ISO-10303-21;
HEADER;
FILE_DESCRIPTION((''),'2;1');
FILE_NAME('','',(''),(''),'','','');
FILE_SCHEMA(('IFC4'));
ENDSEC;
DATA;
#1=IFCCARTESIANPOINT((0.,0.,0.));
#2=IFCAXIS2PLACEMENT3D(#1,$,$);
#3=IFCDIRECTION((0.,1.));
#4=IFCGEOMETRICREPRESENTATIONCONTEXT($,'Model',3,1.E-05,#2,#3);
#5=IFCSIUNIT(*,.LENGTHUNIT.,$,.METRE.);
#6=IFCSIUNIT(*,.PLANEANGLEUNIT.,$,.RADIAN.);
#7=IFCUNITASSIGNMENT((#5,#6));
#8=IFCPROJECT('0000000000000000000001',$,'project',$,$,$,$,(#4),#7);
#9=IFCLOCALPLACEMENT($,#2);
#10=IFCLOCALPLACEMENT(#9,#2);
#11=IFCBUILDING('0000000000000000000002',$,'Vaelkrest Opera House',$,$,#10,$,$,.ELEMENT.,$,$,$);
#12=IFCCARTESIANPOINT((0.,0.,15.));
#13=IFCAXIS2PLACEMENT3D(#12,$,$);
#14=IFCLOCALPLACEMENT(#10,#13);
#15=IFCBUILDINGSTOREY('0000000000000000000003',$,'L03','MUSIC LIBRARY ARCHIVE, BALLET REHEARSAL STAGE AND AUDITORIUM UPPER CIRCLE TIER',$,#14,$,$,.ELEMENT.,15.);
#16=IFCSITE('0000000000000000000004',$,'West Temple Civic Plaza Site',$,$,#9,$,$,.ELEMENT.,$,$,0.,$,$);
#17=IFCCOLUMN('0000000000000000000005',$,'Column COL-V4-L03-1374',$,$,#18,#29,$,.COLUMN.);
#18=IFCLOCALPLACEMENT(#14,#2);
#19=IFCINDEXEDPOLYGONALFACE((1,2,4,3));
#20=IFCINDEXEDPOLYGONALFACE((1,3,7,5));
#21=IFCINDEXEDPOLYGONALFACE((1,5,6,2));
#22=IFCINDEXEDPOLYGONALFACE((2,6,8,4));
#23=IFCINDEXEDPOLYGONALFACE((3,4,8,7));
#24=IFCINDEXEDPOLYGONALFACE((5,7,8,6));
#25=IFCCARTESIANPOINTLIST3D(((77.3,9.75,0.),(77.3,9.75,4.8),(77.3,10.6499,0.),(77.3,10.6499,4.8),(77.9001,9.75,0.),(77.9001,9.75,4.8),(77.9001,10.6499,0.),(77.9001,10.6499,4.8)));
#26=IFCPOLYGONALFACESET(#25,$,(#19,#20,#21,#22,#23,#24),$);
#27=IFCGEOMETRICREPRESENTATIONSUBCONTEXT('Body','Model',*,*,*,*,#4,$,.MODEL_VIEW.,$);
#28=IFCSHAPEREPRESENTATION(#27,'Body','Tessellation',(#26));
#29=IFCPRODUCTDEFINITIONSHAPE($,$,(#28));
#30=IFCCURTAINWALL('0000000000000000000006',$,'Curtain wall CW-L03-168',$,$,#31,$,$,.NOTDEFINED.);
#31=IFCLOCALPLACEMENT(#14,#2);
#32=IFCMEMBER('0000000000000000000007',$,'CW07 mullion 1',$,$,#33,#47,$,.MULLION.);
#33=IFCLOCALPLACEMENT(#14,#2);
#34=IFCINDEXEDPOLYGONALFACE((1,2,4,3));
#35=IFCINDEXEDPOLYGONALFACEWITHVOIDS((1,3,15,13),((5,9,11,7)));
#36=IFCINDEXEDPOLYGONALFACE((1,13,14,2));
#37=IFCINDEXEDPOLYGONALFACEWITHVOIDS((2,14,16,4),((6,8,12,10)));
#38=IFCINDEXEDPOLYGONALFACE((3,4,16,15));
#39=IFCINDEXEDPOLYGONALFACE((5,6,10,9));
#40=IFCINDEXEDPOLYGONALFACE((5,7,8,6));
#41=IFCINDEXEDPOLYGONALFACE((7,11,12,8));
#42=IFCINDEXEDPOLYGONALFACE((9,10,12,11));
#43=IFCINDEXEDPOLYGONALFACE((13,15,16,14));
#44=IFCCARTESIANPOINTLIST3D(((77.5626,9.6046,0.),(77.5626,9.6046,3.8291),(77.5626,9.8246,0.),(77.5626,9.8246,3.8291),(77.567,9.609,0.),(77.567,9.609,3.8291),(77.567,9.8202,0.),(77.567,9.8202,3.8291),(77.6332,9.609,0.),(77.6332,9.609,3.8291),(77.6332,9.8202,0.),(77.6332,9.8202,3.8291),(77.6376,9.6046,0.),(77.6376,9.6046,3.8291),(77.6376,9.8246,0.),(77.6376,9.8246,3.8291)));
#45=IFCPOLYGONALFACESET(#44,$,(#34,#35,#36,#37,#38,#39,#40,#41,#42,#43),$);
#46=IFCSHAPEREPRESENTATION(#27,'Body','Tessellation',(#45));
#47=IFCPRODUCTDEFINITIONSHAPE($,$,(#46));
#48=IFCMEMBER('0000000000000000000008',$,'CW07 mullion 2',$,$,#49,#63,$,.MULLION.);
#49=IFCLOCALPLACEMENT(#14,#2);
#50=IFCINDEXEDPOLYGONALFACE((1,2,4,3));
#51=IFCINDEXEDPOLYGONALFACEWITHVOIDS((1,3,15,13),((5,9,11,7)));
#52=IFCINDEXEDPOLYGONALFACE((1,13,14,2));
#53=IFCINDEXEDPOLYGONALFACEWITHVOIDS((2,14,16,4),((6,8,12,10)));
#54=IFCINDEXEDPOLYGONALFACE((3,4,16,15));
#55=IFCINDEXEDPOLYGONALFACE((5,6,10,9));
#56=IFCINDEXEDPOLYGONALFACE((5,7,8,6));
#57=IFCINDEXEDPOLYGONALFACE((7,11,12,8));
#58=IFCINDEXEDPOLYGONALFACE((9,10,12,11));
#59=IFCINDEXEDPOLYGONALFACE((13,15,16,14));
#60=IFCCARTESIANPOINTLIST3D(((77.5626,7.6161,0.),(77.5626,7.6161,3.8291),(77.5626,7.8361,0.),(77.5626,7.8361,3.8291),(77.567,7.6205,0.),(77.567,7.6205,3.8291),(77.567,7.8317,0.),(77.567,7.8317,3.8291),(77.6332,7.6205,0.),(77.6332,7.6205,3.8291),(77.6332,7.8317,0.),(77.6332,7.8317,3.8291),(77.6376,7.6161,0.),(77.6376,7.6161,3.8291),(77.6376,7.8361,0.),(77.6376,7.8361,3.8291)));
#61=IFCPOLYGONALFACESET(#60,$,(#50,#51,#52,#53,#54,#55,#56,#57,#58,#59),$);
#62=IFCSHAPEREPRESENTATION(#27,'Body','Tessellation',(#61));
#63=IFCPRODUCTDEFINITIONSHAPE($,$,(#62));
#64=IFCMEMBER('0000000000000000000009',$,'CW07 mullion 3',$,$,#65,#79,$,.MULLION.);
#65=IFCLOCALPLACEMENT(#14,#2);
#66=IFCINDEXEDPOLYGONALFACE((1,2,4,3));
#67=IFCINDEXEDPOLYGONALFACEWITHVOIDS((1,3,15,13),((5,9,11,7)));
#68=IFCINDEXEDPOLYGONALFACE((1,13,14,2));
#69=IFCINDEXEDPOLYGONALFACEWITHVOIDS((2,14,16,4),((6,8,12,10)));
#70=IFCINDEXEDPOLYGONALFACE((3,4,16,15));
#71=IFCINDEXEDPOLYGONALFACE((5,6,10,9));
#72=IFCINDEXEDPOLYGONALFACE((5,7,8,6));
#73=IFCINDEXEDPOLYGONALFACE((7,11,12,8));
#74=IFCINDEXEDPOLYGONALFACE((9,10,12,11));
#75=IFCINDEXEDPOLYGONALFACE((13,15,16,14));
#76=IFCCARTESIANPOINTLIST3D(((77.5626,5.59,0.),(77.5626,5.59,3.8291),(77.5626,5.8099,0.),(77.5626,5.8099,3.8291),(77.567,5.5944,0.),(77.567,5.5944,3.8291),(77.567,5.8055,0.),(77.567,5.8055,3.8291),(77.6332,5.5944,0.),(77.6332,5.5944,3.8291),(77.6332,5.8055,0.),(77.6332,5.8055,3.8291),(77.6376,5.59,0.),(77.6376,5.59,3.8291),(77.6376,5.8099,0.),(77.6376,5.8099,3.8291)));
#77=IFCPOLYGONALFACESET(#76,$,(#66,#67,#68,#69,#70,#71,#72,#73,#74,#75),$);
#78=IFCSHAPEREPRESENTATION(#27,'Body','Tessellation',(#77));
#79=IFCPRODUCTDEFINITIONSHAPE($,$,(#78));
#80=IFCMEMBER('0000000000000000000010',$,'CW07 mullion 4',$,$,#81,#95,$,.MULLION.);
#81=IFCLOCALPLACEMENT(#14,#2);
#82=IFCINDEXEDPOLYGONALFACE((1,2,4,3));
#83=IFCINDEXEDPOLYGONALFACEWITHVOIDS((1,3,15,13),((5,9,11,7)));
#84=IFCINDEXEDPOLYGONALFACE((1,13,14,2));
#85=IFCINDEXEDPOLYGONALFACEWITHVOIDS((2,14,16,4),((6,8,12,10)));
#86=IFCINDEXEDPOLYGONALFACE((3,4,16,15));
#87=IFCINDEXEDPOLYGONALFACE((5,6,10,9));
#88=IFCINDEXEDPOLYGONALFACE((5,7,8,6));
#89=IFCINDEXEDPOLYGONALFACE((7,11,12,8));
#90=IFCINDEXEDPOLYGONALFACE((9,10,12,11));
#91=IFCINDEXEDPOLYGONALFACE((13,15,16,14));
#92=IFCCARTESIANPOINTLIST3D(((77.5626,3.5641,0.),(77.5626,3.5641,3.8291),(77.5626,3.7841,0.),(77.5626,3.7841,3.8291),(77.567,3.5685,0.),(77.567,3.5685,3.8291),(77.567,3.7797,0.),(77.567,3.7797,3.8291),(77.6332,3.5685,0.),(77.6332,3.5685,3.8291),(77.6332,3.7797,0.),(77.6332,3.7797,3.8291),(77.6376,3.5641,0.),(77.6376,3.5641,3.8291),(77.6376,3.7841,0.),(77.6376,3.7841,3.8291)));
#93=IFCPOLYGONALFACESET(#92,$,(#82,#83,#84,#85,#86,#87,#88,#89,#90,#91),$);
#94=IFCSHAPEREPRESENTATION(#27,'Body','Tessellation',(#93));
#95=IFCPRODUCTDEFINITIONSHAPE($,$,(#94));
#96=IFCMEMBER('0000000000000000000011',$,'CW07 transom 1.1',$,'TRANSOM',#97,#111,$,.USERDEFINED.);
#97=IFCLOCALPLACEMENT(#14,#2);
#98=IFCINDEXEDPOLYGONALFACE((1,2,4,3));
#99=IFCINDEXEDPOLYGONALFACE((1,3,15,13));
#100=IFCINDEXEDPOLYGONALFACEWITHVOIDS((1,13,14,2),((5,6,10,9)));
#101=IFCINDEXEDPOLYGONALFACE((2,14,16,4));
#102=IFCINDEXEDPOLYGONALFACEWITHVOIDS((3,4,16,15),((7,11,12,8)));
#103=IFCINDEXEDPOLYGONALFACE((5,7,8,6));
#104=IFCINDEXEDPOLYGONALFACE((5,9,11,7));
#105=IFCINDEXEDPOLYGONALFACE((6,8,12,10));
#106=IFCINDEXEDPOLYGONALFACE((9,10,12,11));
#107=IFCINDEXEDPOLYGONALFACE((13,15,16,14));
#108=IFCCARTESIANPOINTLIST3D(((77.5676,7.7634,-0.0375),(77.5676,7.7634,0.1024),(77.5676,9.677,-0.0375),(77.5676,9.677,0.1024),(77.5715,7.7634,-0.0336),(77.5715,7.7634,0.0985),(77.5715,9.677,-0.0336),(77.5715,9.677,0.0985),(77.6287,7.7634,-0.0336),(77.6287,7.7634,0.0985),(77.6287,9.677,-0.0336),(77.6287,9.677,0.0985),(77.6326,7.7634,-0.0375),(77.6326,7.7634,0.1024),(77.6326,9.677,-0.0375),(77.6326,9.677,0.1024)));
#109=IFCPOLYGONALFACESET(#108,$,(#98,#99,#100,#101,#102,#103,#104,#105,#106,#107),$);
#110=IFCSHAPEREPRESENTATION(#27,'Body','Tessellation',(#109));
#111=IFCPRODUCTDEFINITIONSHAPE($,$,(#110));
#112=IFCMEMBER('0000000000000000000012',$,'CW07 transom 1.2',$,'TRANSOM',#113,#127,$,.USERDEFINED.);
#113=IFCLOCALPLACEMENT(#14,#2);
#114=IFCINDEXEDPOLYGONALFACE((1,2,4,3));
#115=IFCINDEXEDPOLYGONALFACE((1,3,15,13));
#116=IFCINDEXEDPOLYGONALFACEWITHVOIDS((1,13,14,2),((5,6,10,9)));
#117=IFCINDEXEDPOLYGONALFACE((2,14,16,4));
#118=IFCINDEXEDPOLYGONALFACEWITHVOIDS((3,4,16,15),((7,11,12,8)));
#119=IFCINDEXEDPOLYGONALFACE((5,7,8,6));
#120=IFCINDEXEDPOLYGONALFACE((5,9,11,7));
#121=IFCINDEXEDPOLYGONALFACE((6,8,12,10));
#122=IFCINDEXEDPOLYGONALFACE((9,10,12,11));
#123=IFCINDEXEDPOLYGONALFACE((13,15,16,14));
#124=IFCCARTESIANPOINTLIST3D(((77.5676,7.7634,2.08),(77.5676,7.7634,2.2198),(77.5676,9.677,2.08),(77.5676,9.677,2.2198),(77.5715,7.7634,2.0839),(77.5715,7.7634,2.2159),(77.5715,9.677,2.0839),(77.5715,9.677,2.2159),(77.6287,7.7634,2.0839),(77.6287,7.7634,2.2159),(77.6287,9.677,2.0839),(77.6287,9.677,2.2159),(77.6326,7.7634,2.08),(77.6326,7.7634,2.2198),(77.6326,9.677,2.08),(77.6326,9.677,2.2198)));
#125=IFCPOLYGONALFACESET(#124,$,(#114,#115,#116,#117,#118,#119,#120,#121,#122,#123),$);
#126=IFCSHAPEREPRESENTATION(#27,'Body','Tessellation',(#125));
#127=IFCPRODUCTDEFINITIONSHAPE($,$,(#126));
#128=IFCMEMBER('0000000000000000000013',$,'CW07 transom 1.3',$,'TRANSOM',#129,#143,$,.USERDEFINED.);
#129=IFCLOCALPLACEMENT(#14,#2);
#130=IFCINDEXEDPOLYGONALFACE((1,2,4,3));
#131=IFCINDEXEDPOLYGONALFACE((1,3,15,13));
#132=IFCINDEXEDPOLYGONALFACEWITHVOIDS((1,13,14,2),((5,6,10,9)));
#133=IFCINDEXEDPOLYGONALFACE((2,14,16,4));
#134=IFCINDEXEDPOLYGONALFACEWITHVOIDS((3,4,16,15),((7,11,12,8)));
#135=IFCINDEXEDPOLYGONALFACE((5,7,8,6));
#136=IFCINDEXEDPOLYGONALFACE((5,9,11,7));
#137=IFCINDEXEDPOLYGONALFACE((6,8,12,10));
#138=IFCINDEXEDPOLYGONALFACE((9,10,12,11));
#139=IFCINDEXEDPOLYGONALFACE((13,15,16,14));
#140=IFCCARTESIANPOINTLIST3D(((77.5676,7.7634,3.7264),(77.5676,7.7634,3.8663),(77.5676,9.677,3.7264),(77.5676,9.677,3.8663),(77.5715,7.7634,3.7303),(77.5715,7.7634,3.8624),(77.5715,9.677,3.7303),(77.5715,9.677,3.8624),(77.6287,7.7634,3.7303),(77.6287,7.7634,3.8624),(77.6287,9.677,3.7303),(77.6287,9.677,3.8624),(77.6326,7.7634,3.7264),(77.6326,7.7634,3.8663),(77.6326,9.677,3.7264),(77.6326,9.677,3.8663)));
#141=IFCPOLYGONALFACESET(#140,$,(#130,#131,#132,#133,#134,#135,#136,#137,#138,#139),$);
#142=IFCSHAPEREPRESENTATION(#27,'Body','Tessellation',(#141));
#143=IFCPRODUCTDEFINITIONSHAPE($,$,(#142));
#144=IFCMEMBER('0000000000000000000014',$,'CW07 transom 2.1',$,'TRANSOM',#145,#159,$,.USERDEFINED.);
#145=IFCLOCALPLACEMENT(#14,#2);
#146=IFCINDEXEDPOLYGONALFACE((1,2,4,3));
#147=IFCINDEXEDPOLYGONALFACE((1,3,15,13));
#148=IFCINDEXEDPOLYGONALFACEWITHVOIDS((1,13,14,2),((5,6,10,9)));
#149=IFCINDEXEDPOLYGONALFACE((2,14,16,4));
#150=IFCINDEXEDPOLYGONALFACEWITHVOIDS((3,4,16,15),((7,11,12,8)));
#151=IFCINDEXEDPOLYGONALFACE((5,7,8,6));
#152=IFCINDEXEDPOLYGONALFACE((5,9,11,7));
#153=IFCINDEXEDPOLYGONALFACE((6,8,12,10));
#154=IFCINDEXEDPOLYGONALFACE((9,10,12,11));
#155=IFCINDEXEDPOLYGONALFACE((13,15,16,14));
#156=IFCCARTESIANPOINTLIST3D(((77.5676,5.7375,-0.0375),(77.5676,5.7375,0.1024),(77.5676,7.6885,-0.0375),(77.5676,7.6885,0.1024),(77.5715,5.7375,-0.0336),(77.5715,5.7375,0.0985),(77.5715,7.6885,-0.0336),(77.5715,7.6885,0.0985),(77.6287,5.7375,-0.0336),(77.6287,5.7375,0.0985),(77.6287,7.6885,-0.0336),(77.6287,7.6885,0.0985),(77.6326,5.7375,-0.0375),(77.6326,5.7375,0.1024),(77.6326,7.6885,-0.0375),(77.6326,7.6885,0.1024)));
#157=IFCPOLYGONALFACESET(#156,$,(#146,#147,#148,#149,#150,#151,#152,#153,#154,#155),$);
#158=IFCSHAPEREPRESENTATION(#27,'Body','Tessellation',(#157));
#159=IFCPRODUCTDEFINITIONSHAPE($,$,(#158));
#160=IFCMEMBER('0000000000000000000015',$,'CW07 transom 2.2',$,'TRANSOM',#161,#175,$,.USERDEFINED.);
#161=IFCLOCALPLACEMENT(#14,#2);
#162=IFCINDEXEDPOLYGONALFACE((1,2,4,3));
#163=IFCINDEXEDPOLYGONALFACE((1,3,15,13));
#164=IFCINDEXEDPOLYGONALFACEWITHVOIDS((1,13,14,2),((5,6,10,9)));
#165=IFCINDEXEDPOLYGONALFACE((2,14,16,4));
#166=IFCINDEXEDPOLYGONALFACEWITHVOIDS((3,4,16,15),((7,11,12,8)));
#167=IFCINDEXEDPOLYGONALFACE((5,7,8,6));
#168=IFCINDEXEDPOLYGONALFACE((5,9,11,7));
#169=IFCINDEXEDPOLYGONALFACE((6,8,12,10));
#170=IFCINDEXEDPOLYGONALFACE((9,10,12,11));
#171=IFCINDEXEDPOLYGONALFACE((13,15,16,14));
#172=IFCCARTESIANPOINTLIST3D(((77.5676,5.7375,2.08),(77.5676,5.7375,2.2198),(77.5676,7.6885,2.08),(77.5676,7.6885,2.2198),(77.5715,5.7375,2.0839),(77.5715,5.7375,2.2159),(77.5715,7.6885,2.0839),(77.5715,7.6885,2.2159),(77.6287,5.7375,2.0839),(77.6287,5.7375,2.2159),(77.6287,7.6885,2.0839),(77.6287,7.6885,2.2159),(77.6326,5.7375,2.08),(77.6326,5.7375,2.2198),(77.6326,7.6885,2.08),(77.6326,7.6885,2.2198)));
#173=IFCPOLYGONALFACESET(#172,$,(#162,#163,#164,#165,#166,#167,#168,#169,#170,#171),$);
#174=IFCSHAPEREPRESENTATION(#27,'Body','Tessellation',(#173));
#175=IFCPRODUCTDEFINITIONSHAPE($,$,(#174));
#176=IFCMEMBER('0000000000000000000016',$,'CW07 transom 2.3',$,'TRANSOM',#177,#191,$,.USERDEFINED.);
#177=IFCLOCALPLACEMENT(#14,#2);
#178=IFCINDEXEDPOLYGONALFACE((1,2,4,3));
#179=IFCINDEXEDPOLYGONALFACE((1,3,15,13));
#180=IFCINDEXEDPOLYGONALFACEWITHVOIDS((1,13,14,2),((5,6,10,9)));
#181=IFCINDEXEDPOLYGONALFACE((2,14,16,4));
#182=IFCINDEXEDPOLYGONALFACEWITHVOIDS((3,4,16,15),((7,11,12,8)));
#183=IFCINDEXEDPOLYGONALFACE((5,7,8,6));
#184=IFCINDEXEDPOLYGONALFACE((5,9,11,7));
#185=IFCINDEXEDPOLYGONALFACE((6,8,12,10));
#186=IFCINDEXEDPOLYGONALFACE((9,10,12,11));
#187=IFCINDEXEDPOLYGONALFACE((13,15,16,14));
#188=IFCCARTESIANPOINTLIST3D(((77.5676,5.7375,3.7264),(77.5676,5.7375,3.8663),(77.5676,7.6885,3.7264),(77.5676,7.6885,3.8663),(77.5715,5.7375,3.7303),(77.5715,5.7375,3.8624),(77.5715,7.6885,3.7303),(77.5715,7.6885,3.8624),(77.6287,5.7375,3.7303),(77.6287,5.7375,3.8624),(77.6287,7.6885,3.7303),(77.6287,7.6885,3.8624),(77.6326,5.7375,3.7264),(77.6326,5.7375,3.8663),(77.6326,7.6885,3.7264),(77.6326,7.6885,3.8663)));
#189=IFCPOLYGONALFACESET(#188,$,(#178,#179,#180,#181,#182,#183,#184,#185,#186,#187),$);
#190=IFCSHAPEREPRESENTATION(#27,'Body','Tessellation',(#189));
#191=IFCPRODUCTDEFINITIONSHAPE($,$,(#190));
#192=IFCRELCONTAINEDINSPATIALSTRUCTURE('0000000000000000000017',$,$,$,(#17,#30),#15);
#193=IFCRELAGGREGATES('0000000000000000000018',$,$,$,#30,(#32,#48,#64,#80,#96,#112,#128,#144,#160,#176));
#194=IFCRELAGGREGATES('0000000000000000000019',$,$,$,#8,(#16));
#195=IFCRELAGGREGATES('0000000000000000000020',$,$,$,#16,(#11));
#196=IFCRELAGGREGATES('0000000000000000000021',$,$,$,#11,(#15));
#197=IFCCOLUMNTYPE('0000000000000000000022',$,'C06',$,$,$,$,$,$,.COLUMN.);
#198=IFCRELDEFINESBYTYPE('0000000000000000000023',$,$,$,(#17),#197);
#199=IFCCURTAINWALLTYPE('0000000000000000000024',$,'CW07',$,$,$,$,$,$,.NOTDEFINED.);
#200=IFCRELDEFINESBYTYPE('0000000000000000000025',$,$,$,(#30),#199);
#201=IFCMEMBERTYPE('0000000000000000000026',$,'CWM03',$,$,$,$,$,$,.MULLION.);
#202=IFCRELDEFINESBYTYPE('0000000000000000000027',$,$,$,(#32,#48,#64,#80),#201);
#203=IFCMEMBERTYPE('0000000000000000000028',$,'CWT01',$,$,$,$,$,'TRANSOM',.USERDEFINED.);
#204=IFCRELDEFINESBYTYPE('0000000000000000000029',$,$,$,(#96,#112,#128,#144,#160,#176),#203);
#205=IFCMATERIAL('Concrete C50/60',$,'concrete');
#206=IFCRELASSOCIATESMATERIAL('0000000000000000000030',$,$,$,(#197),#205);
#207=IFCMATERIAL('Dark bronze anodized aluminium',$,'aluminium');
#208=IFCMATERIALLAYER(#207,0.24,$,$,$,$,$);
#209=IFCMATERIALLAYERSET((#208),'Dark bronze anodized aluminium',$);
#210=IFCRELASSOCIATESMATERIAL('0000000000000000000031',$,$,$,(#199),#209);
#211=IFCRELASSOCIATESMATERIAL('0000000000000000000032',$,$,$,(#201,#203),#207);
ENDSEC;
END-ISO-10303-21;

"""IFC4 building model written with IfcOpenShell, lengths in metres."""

from ifc_helpers import new_model, si_unit, direction, frame, origin, origin_2d, place, context, subcontext, project, spatial, rectangle, hollow_rectangle, extrude, material, layer, layer_set, material_profile, profile_set, type_object, element, aggregate, save


model = new_model("IFC4")

# Units and contexts
model_context = context("Model", 3, precision=1e-05, world=origin(), true_north=direction((0.0, 1.0)))
body_context = subcontext(model_context, "Body", "Model", "MODEL_VIEW")
ifc_project = project(units=[si_unit("LENGTHUNIT", "METRE"), si_unit("PLANEANGLEUNIT", "RADIAN")], contexts=[model_context])

# Site, building, storey
site_placement = place(None, origin())
site = spatial("IfcSite", under=ifc_project, at=site_placement, Name="West Temple Civic Plaza Site", CompositionType="ELEMENT", RefElevation=0.0)
building_placement = place(site_placement, origin())
building = spatial("IfcBuilding", under=site, at=building_placement, Name="Vaelkrest Opera House", CompositionType="ELEMENT")
storey_placement = place(building_placement, frame((0.0, 0.0, 15.0)))
storey = spatial("IfcBuildingStorey", under=building, at=storey_placement, Name="L03", Description="MUSIC LIBRARY ARCHIVE, BALLET REHEARSAL STAGE AND AUDITORIUM UPPER CIRCLE TIER", CompositionType="ELEMENT", Elevation=15.0)

# Column
ifc_material_1 = material(Name="Concrete C50/60", Category="concrete")
ifc_material_profile_1 = material_profile(ifc_material_1, rectangle(XDim=0.6001, YDim=0.8999, at=origin_2d()), Name="RC600X900")
ifc_profile_set_1 = profile_set([ifc_material_profile_1], Name="Concrete C50/60")
column_type = type_object("IfcColumnType", Name="C06", PredefinedType="COLUMN", material=ifc_profile_set_1)
column_placement = place(storey_placement, frame((77.6001, 10.2, 0.0), z_axis=(0.0, 0.0, 1.0), x_axis=(1.0, 0.0, 0.0)))
element("IfcColumn", 1, at=column_placement, inside=storey, type_object=column_type, Name="Column COL-V4-L03-1374", PredefinedType="COLUMN", context=body_context, shape_type="SweptSolid", body=[
    extrude(rectangle(XDim=0.6001, YDim=0.8999, at=origin_2d()), origin(), (0.0, 0.0, 1.0), 4.8),
])

# Curtain wall, members
ifc_material_2 = material(Name="Dark bronze anodized aluminium", Category="aluminium")
ifc_layer_1 = layer(ifc_material_2, 0.24)
ifc_layer_set_1 = layer_set([ifc_layer_1], Name="Dark bronze anodized aluminium")
curtain_wall_type = type_object("IfcCurtainWallType", Name="CW07", PredefinedType="NOTDEFINED", material=ifc_layer_set_1)
curtain_wall_placement = place(storey_placement, origin())
curtain_wall = element("IfcCurtainWall", 2, at=curtain_wall_placement, inside=storey, type_object=curtain_wall_type, Name="Curtain wall CW-L03-168", PredefinedType="NOTDEFINED")
ifc_material_profile_2 = material_profile(ifc_material_2, hollow_rectangle(XDim=0.075, YDim=0.22, WallThickness=0.0044, at=origin_2d()), Name="CWM75X220")
ifc_profile_set_2 = profile_set([ifc_material_profile_2], Name="Dark bronze anodized aluminium")
member_type_1 = type_object("IfcMemberType", Name="CWM03", PredefinedType="MULLION", material=ifc_profile_set_2)
member_1_placement = place(storey_placement, frame((77.6001, 9.7146, 0.0), z_axis=(0.0, 0.0, 1.0), x_axis=(1.0, 0.0, 0.0)))
member_1 = element("IfcMember", 3, at=member_1_placement, type_object=member_type_1, Name="CW07 mullion 1", PredefinedType="MULLION", context=body_context, shape_type="SweptSolid", body=[
    extrude(hollow_rectangle(XDim=0.075, YDim=0.22, WallThickness=0.0044, at=origin_2d()), origin(), (0.0, 0.0, 1.0), 3.8291),
])
member_2_placement = place(storey_placement, frame((77.6001, 7.7261, 0.0), z_axis=(0.0, 0.0, 1.0), x_axis=(1.0, 0.0, 0.0)))
member_2 = element("IfcMember", 4, at=member_2_placement, type_object=member_type_1, Name="CW07 mullion 2", PredefinedType="MULLION", context=body_context, shape_type="SweptSolid", body=[
    extrude(hollow_rectangle(XDim=0.075, YDim=0.22, WallThickness=0.0044, at=origin_2d()), origin(), (0.0, 0.0, 1.0), 3.8291),
])
member_3_placement = place(storey_placement, frame((77.6001, 5.7, 0.0), z_axis=(0.0, 0.0, 1.0), x_axis=(1.0, 0.0, 0.0)))
member_3 = element("IfcMember", 5, at=member_3_placement, type_object=member_type_1, Name="CW07 mullion 3", PredefinedType="MULLION", context=body_context, shape_type="SweptSolid", body=[
    extrude(hollow_rectangle(XDim=0.075, YDim=0.22, WallThickness=0.0044, at=origin_2d()), origin(), (0.0, 0.0, 1.0), 3.8291),
])
member_4_placement = place(storey_placement, frame((77.6001, 3.6741, 0.0), z_axis=(0.0, 0.0, 1.0), x_axis=(1.0, 0.0, 0.0)))
member_4 = element("IfcMember", 6, at=member_4_placement, type_object=member_type_1, Name="CW07 mullion 4", PredefinedType="MULLION", context=body_context, shape_type="SweptSolid", body=[
    extrude(hollow_rectangle(XDim=0.075, YDim=0.22, WallThickness=0.0044, at=origin_2d()), origin(), (0.0, 0.0, 1.0), 3.8291),
])
ifc_material_profile_3 = material_profile(ifc_material_2, hollow_rectangle(XDim=0.0649, YDim=0.1399, WallThickness=0.0039, at=origin_2d()), Name="CWT65X140")
ifc_profile_set_3 = profile_set([ifc_material_profile_3], Name="Dark bronze anodized aluminium")
member_type_2 = type_object("IfcMemberType", Name="CWT01", ElementType="TRANSOM", PredefinedType="USERDEFINED", material=ifc_profile_set_3)
member_5_placement = place(storey_placement, frame((77.6001, 9.677, 0.0325), z_axis=(0.0, -1.0, 0.0), x_axis=(1.0, 0.0, 0.0)))
member_5 = element("IfcMember", 7, at=member_5_placement, type_object=member_type_2, Name="CW07 transom 1.1", ObjectType="TRANSOM", PredefinedType="USERDEFINED", context=body_context, shape_type="SweptSolid", body=[
    extrude(hollow_rectangle(XDim=0.0649, YDim=0.1399, WallThickness=0.0039, at=origin_2d()), origin(), (0.0, 0.0, 1.0), 1.9136),
])
member_6_placement = place(storey_placement, frame((77.6001, 9.677, 2.1499), z_axis=(0.0, -1.0, 0.0), x_axis=(1.0, 0.0, 0.0)))
member_6 = element("IfcMember", 8, at=member_6_placement, type_object=member_type_2, Name="CW07 transom 1.2", ObjectType="TRANSOM", PredefinedType="USERDEFINED", context=body_context, shape_type="SweptSolid", body=[
    extrude(hollow_rectangle(XDim=0.0649, YDim=0.1399, WallThickness=0.0039, at=origin_2d()), origin(), (0.0, 0.0, 1.0), 1.9136),
])
member_7_placement = place(storey_placement, frame((77.6001, 9.677, 3.7964), z_axis=(0.0, -1.0, 0.0), x_axis=(1.0, 0.0, 0.0)))
member_7 = element("IfcMember", 9, at=member_7_placement, type_object=member_type_2, Name="CW07 transom 1.3", ObjectType="TRANSOM", PredefinedType="USERDEFINED", context=body_context, shape_type="SweptSolid", body=[
    extrude(hollow_rectangle(XDim=0.0649, YDim=0.1399, WallThickness=0.0039, at=origin_2d()), origin(), (0.0, 0.0, 1.0), 1.9136),
])
member_8_placement = place(storey_placement, frame((77.6001, 7.6885, 0.0325), z_axis=(0.0, -1.0, 0.0), x_axis=(1.0, 0.0, 0.0)))
member_8 = element("IfcMember", 10, at=member_8_placement, type_object=member_type_2, Name="CW07 transom 2.1", ObjectType="TRANSOM", PredefinedType="USERDEFINED", context=body_context, shape_type="SweptSolid", body=[
    extrude(hollow_rectangle(XDim=0.0649, YDim=0.1399, WallThickness=0.0039, at=origin_2d()), origin(), (0.0, 0.0, 1.0), 1.9509),
])
member_9_placement = place(storey_placement, frame((77.6001, 7.6885, 2.1499), z_axis=(0.0, -1.0, 0.0), x_axis=(1.0, 0.0, 0.0)))
member_9 = element("IfcMember", 11, at=member_9_placement, type_object=member_type_2, Name="CW07 transom 2.2", ObjectType="TRANSOM", PredefinedType="USERDEFINED", context=body_context, shape_type="SweptSolid", body=[
    extrude(hollow_rectangle(XDim=0.0649, YDim=0.1399, WallThickness=0.0039, at=origin_2d()), origin(), (0.0, 0.0, 1.0), 1.9509),
])
member_10_placement = place(storey_placement, frame((77.6001, 7.6885, 3.7964), z_axis=(0.0, -1.0, 0.0), x_axis=(1.0, 0.0, 0.0)))
member_10 = element("IfcMember", 12, at=member_10_placement, type_object=member_type_2, Name="CW07 transom 2.3", ObjectType="TRANSOM", PredefinedType="USERDEFINED", context=body_context, shape_type="SweptSolid", body=[
    extrude(hollow_rectangle(XDim=0.0649, YDim=0.1399, WallThickness=0.0039, at=origin_2d()), origin(), (0.0, 0.0, 1.0), 1.9509),
])

aggregate(curtain_wall, [member_1, member_2, member_3, member_4, member_5, member_6, member_7, member_8, member_9, member_10])

save(model, "model.ifc")
